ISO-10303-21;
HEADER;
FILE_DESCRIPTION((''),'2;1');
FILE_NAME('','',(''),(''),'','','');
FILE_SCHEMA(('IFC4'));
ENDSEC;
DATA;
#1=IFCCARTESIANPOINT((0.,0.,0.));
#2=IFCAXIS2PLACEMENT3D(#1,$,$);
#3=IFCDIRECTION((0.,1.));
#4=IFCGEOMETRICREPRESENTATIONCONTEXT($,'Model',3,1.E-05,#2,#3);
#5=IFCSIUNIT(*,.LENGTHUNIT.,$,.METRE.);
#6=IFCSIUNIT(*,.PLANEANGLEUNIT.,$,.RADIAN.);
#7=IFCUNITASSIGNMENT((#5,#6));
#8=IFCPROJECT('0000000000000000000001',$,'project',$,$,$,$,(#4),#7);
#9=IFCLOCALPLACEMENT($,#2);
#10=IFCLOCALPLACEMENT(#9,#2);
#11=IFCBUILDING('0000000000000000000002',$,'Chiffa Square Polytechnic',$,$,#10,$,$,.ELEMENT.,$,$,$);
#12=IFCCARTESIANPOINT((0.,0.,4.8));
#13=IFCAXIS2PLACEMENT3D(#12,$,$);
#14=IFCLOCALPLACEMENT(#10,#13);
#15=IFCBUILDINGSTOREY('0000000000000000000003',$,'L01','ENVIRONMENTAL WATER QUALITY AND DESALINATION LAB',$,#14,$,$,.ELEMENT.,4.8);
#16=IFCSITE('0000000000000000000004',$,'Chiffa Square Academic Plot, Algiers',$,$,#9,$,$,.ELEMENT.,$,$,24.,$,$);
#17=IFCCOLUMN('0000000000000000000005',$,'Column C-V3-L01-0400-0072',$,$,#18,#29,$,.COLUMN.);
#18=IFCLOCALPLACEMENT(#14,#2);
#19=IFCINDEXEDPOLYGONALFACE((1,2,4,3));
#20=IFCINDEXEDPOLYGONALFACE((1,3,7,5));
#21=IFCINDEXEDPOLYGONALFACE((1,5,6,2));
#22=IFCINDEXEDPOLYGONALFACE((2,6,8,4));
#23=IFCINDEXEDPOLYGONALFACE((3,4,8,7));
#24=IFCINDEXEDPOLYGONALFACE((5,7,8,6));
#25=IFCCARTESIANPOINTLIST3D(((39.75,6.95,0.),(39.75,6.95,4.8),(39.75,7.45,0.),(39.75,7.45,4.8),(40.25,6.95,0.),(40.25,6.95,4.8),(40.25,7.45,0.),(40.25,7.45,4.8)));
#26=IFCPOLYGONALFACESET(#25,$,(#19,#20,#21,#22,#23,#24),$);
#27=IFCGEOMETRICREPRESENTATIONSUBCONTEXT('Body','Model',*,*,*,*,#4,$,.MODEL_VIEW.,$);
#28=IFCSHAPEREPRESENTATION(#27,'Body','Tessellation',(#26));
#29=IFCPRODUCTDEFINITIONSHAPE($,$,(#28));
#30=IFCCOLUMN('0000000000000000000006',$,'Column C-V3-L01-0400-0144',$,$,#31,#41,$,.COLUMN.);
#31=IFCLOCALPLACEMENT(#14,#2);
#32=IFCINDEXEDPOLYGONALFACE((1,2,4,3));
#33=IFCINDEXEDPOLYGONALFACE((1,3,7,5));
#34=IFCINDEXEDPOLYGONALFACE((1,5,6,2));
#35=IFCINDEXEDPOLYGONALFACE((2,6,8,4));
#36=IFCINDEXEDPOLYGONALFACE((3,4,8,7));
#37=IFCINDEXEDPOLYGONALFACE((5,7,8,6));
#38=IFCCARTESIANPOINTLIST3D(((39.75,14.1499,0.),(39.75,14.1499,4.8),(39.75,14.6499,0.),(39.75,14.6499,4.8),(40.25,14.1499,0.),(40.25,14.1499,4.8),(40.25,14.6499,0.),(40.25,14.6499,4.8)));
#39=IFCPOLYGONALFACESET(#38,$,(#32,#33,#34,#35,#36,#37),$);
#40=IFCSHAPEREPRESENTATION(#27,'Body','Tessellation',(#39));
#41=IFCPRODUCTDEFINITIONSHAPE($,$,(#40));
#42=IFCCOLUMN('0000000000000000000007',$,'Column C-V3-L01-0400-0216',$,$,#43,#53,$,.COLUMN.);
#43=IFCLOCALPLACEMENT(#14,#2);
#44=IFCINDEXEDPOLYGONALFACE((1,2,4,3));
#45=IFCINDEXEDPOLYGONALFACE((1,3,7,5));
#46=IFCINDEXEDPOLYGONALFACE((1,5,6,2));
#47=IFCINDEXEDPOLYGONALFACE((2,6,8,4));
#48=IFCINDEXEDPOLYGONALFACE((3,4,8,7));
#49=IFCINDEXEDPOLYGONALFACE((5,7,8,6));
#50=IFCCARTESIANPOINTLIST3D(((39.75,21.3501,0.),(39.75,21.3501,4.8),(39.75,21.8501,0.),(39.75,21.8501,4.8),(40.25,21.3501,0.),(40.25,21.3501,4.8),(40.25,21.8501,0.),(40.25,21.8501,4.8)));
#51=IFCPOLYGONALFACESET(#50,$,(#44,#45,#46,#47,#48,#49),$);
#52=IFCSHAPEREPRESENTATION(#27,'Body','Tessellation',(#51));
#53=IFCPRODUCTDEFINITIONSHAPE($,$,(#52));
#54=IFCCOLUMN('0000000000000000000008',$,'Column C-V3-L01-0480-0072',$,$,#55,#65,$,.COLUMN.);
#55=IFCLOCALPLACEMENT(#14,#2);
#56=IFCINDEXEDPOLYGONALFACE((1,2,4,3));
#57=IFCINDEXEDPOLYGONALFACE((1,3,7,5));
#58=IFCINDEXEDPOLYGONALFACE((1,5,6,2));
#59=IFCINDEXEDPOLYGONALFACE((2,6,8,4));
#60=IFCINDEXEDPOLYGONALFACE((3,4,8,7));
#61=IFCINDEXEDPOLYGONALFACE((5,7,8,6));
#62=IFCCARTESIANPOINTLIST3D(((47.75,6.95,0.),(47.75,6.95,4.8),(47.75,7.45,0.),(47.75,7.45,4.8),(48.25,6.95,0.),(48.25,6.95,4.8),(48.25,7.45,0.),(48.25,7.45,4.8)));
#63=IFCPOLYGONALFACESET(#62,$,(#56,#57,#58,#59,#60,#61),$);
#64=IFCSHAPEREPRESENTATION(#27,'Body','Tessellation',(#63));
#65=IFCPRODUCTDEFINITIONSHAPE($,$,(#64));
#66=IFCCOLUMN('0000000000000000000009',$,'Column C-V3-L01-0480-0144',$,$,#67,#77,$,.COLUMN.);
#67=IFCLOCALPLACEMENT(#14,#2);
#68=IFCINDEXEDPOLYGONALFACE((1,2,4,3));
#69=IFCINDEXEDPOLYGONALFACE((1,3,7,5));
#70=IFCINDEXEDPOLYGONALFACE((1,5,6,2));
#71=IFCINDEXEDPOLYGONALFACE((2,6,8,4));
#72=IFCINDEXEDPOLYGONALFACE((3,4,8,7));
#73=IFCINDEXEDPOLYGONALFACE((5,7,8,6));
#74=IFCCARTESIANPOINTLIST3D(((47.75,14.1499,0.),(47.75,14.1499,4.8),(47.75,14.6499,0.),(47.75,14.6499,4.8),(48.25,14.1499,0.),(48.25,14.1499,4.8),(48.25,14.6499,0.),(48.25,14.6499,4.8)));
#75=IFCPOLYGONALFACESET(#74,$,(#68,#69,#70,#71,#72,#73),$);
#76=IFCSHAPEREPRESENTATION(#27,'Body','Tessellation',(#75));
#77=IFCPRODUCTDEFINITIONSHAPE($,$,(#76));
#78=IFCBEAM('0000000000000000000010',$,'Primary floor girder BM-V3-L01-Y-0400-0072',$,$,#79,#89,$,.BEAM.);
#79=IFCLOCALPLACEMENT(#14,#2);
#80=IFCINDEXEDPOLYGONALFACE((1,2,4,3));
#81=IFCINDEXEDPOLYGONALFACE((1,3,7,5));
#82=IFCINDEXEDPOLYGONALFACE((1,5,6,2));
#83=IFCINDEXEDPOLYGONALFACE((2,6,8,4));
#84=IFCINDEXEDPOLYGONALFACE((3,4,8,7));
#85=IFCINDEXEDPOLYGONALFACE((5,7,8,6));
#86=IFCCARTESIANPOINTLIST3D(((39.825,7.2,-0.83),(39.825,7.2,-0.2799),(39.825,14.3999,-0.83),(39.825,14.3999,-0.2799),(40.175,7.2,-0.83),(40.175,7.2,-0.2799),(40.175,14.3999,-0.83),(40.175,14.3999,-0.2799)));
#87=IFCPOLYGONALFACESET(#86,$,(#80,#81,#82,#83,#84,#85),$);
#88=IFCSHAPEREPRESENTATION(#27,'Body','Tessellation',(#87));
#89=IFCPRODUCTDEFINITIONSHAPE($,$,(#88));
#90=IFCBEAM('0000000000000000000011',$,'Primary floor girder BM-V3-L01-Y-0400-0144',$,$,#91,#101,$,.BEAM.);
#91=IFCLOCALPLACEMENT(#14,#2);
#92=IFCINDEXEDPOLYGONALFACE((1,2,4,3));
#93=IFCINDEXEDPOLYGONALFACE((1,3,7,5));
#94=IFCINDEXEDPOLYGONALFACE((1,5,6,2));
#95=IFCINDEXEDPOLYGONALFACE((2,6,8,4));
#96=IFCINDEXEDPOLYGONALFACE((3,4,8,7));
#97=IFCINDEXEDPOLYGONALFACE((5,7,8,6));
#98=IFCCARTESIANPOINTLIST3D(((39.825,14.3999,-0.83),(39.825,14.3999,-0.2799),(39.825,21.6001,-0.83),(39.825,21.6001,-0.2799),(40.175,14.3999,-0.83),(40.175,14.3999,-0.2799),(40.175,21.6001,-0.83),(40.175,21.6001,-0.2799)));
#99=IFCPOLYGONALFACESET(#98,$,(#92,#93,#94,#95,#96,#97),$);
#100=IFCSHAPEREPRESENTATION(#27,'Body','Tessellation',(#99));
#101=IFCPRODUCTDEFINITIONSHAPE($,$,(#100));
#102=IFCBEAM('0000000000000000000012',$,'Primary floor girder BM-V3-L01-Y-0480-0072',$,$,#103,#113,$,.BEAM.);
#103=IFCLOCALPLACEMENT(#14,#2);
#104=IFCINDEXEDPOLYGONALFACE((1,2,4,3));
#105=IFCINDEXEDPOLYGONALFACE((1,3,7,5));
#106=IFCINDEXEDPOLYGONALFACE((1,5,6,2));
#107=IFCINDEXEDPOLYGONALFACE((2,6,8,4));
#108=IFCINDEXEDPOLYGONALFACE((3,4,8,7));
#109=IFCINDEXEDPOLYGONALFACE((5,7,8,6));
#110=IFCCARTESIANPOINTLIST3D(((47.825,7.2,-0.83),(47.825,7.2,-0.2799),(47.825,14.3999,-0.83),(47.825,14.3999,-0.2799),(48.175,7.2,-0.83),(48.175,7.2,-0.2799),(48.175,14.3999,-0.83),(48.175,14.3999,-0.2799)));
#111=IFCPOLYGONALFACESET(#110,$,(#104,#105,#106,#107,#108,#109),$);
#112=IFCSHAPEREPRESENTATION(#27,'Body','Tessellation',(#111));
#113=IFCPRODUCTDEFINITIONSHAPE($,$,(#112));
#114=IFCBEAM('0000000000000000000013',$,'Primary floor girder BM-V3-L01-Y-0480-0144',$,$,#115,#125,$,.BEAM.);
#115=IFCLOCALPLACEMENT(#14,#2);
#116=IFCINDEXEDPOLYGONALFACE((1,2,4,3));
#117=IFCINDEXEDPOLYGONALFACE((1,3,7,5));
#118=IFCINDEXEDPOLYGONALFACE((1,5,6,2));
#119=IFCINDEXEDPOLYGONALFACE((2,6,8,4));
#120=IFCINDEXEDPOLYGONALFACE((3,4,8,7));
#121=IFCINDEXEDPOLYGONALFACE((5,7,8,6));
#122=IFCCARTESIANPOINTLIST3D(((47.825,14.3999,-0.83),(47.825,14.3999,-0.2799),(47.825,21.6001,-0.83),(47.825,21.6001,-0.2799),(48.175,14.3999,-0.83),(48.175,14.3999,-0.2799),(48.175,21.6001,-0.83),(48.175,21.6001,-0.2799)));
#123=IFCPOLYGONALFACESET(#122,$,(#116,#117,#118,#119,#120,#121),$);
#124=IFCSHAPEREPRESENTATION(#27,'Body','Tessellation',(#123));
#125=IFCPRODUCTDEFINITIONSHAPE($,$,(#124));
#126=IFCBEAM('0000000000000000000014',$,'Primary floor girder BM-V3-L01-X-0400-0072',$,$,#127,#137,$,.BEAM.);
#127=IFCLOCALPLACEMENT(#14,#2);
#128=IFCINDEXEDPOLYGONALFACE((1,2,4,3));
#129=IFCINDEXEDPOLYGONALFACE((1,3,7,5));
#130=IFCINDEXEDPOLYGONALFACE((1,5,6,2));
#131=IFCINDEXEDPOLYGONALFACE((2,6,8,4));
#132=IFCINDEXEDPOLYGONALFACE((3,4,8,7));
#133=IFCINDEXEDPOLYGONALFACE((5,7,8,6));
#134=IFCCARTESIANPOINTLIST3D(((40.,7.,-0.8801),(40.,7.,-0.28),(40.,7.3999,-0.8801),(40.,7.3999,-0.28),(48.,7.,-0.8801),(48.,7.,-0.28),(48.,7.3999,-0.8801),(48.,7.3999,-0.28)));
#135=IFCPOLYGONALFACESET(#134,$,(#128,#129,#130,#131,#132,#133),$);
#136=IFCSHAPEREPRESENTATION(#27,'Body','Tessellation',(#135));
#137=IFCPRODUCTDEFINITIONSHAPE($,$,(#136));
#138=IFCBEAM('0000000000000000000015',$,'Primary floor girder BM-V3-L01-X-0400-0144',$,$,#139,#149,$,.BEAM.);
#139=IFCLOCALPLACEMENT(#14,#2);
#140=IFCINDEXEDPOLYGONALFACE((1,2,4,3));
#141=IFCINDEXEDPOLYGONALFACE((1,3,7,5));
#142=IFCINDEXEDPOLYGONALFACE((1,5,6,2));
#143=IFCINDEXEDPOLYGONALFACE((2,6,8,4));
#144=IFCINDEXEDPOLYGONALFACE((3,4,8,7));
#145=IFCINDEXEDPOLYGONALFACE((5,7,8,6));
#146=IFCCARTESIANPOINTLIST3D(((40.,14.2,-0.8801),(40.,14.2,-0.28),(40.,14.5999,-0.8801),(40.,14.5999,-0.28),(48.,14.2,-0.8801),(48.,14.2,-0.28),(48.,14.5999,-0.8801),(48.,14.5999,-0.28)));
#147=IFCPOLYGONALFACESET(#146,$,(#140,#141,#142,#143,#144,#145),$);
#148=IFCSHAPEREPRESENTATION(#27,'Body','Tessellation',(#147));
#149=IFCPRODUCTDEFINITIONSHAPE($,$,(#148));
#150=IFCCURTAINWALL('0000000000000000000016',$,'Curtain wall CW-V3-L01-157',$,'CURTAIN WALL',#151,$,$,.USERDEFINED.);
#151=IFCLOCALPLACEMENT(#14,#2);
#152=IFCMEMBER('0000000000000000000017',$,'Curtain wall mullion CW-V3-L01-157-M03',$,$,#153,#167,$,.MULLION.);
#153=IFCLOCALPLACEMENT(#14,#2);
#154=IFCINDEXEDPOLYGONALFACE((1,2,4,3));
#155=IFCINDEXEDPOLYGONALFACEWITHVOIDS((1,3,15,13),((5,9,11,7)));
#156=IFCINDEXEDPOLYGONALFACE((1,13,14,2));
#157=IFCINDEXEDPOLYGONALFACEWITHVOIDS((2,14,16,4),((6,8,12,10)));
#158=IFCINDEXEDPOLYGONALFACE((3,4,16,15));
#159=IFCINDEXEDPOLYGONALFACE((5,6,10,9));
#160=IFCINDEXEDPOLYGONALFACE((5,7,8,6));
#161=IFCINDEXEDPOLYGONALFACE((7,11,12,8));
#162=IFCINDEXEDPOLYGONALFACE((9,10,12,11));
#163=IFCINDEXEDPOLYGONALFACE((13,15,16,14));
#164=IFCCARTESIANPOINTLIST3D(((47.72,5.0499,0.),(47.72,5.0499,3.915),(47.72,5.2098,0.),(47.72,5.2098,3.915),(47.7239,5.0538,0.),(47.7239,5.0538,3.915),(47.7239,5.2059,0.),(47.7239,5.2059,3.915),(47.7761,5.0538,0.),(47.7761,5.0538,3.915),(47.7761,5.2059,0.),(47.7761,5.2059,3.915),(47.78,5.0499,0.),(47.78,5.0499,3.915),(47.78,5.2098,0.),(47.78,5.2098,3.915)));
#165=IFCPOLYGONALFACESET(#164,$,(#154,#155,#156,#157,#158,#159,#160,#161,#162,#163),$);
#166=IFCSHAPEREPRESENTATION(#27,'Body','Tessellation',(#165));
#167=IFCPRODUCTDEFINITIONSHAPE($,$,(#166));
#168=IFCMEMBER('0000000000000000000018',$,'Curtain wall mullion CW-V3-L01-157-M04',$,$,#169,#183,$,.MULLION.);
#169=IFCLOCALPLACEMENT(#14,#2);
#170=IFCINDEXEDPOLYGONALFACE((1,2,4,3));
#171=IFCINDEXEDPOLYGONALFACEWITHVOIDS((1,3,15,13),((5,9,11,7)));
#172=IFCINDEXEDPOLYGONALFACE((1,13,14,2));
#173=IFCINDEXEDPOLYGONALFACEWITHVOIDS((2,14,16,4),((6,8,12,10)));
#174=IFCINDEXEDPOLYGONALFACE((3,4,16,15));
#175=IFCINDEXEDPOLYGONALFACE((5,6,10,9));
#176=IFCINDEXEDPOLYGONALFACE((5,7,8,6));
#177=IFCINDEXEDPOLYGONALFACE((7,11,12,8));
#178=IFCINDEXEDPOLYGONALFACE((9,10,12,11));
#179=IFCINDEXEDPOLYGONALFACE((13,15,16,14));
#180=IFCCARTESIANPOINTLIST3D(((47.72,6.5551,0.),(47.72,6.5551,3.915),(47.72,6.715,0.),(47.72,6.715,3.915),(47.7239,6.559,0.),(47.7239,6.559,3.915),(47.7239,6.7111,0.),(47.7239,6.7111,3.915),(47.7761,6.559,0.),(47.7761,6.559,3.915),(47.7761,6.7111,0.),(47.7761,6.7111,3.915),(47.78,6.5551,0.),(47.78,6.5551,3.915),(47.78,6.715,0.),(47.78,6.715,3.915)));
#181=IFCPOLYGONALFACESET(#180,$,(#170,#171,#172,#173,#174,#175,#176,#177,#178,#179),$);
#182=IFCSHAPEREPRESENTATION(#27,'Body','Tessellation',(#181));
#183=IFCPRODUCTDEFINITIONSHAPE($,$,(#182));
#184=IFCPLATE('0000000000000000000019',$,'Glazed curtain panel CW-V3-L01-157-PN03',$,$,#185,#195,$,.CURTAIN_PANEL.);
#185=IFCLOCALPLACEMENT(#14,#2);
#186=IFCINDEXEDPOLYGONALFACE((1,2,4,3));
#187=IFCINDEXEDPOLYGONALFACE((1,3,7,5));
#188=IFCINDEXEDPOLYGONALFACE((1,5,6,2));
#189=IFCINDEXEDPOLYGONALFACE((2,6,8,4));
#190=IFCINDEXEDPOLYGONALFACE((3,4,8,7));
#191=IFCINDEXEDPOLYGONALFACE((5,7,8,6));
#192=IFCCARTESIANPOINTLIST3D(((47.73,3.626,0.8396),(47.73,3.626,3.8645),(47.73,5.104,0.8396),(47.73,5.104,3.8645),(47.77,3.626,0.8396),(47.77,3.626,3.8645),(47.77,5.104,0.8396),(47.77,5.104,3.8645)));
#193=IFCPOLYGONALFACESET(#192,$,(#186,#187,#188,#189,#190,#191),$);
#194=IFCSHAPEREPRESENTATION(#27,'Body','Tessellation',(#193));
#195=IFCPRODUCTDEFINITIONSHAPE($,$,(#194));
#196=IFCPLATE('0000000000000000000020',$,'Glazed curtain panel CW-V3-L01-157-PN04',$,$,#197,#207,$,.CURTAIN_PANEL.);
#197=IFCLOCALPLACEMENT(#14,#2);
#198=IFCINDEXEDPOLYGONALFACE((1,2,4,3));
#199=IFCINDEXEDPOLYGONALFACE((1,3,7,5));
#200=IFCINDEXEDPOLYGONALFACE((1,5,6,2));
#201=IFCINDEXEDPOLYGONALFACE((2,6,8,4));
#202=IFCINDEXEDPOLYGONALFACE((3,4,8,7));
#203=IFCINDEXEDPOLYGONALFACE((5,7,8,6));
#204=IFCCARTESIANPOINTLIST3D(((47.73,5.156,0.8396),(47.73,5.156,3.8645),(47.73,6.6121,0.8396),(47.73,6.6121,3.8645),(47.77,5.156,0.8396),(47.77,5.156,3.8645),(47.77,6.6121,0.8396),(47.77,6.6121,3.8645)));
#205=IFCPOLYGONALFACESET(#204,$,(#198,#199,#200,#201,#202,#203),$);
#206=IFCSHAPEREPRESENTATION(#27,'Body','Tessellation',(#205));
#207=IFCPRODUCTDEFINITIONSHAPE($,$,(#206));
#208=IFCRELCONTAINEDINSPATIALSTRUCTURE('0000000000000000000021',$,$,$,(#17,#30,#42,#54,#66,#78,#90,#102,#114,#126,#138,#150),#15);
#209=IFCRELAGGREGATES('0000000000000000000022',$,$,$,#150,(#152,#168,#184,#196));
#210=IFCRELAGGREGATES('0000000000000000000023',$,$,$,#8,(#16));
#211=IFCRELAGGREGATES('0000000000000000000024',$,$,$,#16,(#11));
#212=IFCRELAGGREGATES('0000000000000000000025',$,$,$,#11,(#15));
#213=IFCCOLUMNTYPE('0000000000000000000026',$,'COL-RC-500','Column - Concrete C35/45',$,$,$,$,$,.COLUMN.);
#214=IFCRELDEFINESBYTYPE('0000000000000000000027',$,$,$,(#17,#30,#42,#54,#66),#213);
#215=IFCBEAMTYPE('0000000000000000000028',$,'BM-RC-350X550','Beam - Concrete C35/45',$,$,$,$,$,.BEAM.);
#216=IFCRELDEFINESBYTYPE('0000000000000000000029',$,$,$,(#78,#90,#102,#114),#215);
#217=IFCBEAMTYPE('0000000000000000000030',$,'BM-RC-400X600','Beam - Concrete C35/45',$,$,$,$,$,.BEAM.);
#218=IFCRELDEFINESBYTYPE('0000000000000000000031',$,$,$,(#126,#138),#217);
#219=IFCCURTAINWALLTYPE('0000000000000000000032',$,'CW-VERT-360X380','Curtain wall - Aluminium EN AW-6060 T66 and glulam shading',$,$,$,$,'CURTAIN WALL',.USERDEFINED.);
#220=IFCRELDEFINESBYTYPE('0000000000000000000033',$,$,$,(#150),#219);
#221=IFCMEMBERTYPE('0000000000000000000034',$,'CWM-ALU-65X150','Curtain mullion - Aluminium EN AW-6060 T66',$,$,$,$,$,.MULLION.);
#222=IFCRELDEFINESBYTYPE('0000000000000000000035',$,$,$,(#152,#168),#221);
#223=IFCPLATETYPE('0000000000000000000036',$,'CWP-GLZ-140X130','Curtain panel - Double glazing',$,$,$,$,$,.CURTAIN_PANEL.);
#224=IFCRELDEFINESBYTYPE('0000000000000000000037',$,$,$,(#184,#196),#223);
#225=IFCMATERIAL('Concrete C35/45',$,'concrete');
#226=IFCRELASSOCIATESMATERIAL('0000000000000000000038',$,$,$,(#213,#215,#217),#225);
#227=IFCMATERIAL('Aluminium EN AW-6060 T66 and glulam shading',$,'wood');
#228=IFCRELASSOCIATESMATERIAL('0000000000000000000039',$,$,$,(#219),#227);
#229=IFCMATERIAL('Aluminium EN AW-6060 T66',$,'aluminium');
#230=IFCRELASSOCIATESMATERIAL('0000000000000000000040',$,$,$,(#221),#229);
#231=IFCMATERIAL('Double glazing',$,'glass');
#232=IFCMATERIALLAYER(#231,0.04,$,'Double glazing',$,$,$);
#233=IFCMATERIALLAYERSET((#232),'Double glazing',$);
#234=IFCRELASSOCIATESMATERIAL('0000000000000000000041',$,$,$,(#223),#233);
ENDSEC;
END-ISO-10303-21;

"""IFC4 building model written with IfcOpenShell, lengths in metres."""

from ifc_helpers import new_model, si_unit, direction, frame, origin, origin_2d, place, context, subcontext, project, spatial, rectangle, hollow_rectangle, extrude, material, layer, layer_set, material_profile, profile_set, type_object, element, aggregate, save


model = new_model("IFC4")

# Units and contexts
model_context = context("Model", 3, precision=1e-05, world=origin(), true_north=direction((0.0, 1.0)))
body_context = subcontext(model_context, "Body", "Model", "MODEL_VIEW")
ifc_project = project(units=[si_unit("LENGTHUNIT", "METRE"), si_unit("PLANEANGLEUNIT", "RADIAN")], contexts=[model_context])

# Site, building, storey
site_placement = place(None, origin())
site = spatial("IfcSite", under=ifc_project, at=site_placement, Name="Chiffa Square Academic Plot, Algiers", CompositionType="ELEMENT", RefElevation=24.0)
building_placement = place(site_placement, origin())
building = spatial("IfcBuilding", under=site, at=building_placement, Name="Chiffa Square Polytechnic", CompositionType="ELEMENT")
storey_placement = place(building_placement, frame((0.0, 0.0, 4.8)))
storey = spatial("IfcBuildingStorey", under=building, at=storey_placement, Name="L01", Description="ENVIRONMENTAL WATER QUALITY AND DESALINATION LAB", CompositionType="ELEMENT", Elevation=4.8)

# Columns
ifc_material_1 = material(Name="Concrete C35/45", Category="concrete")
ifc_material_profile_1 = material_profile(ifc_material_1, rectangle(XDim=0.5, YDim=0.5, at=origin_2d()), Name="RC 500x500")
ifc_profile_set_1 = profile_set([ifc_material_profile_1], Name="Concrete C35/45")
column_type = type_object("IfcColumnType", Name="COL-RC-500", Description="Column - Concrete C35/45", PredefinedType="COLUMN", material=ifc_profile_set_1)
for number, where, z_axis, x_axis, name in (
    (1, (40.0, 7.2, 0.0), (0.0, 0.0, 1.0), (1.0, 0.0, 0.0), "Column C-V3-L01-0400-0072"),
    (2, (40.0, 14.3999, 0.0), (0.0, 0.0, 1.0), (1.0, 0.0, 0.0), "Column C-V3-L01-0400-0144"),
    (3, (40.0, 21.6001, 0.0), (0.0, 0.0, 1.0), (1.0, 0.0, 0.0), "Column C-V3-L01-0400-0216"),
    (4, (48.0, 7.2, 0.0), (0.0, 0.0, 1.0), (1.0, 0.0, 0.0), "Column C-V3-L01-0480-0072"),
    (5, (48.0, 14.3999, 0.0), (0.0, 0.0, 1.0), (1.0, 0.0, 0.0), "Column C-V3-L01-0480-0144"),
):
    element("IfcColumn", number, at=place(storey_placement, frame(where, z_axis=z_axis, x_axis=x_axis)), inside=storey, type_object=column_type, Name=name, PredefinedType="COLUMN", context=body_context, shape_type="SweptSolid", body=[
        extrude(rectangle(XDim=0.5, YDim=0.5, at=origin_2d()), origin(), (0.0, 0.0, 1.0), 4.8),
    ])

# Beams
ifc_material_profile_2 = material_profile(ifc_material_1, rectangle(XDim=0.3501, YDim=0.55, at=origin_2d()), Name="RC 350x550")
ifc_profile_set_2 = profile_set([ifc_material_profile_2], Name="Concrete C35/45")
beam_type_1 = type_object("IfcBeamType", Name="BM-RC-350X550", Description="Beam - Concrete C35/45", PredefinedType="BEAM", material=ifc_profile_set_2)
beam_1_placement = place(storey_placement, frame((40.0, 7.2, -0.5549), z_axis=(0.0, 1.0, 0.0), x_axis=(-1.0, 0.0, 0.0)))
element("IfcBeam", 6, at=beam_1_placement, inside=storey, type_object=beam_type_1, Name="Primary floor girder BM-V3-L01-Y-0400-0072", PredefinedType="BEAM", context=body_context, shape_type="SweptSolid", body=[
    extrude(rectangle(XDim=0.3501, YDim=0.55, at=origin_2d()), origin(), (0.0, 0.0, 1.0), 7.2),
])
beam_2_placement = place(storey_placement, frame((40.0, 14.3999, -0.5549), z_axis=(0.0, 1.0, 0.0), x_axis=(-1.0, 0.0, 0.0)))
element("IfcBeam", 7, at=beam_2_placement, inside=storey, type_object=beam_type_1, Name="Primary floor girder BM-V3-L01-Y-0400-0144", PredefinedType="BEAM", context=body_context, shape_type="SweptSolid", body=[
    extrude(rectangle(XDim=0.3501, YDim=0.55, at=origin_2d()), origin(), (0.0, 0.0, 1.0), 7.2002),
])
beam_3_placement = place(storey_placement, frame((48.0, 7.2, -0.5549), z_axis=(0.0, 1.0, 0.0), x_axis=(-1.0, 0.0, 0.0)))
element("IfcBeam", 8, at=beam_3_placement, inside=storey, type_object=beam_type_1, Name="Primary floor girder BM-V3-L01-Y-0480-0072", PredefinedType="BEAM", context=body_context, shape_type="SweptSolid", body=[
    extrude(rectangle(XDim=0.3501, YDim=0.55, at=origin_2d()), origin(), (0.0, 0.0, 1.0), 7.2),
])
beam_4_placement = place(storey_placement, frame((48.0, 14.3999, -0.5549), z_axis=(0.0, 1.0, 0.0), x_axis=(-1.0, 0.0, 0.0)))
element("IfcBeam", 9, at=beam_4_placement, inside=storey, type_object=beam_type_1, Name="Primary floor girder BM-V3-L01-Y-0480-0144", PredefinedType="BEAM", context=body_context, shape_type="SweptSolid", body=[
    extrude(rectangle(XDim=0.3501, YDim=0.55, at=origin_2d()), origin(), (0.0, 0.0, 1.0), 7.2002),
])
ifc_material_profile_3 = material_profile(ifc_material_1, rectangle(XDim=0.3999, YDim=0.6001, at=origin_2d()), Name="RC 400x600")
ifc_profile_set_3 = profile_set([ifc_material_profile_3], Name="Concrete C35/45")
beam_type_2 = type_object("IfcBeamType", Name="BM-RC-400X600", Description="Beam - Concrete C35/45", PredefinedType="BEAM", material=ifc_profile_set_3)
for number, where, z_axis, x_axis, name in (
    (10, (40.0, 7.2, -0.5801), (1.0, 0.0, 0.0), (0.0, 1.0, 0.0), "Primary floor girder BM-V3-L01-X-0400-0072"),
    (11, (40.0, 14.3999, -0.5801), (1.0, 0.0, 0.0), (0.0, 1.0, 0.0), "Primary floor girder BM-V3-L01-X-0400-0144"),
):
    element("IfcBeam", number, at=place(storey_placement, frame(where, z_axis=z_axis, x_axis=x_axis)), inside=storey, type_object=beam_type_2, Name=name, PredefinedType="BEAM", context=body_context, shape_type="SweptSolid", body=[
        extrude(rectangle(XDim=0.3999, YDim=0.6001, at=origin_2d()), origin(), (0.0, 0.0, 1.0), 8.0),
    ])

# Curtain wall, members, plates
ifc_material_2 = material(Name="Aluminium EN AW-6060 T66 and glulam shading", Category="wood")
curtain_wall_type = type_object("IfcCurtainWallType", Name="CW-VERT-360X380", Description="Curtain wall - Aluminium EN AW-6060 T66 and glulam shading", ElementType="CURTAIN WALL", PredefinedType="USERDEFINED", material=ifc_material_2)
curtain_wall_placement = place(storey_placement, origin())
curtain_wall = element("IfcCurtainWall", 12, at=curtain_wall_placement, inside=storey, type_object=curtain_wall_type, Name="Curtain wall CW-V3-L01-157", ObjectType="CURTAIN WALL", PredefinedType="USERDEFINED")
ifc_material_3 = material(Name="Aluminium EN AW-6060 T66", Category="aluminium")
ifc_material_profile_4 = material_profile(ifc_material_3, hollow_rectangle(XDim=0.0601, YDim=0.1599, WallThickness=0.0039, at=origin_2d()), Name="ALU 60x160x4")
ifc_profile_set_4 = profile_set([ifc_material_profile_4], Name="Aluminium EN AW-6060 T66")
member_type = type_object("IfcMemberType", Name="CWM-ALU-65X150", Description="Curtain mullion - Aluminium EN AW-6060 T66", PredefinedType="MULLION", material=ifc_profile_set_4)
member_1_placement = place(storey_placement, frame((47.75, 5.1299, 0.0), z_axis=(0.0, 0.0, 1.0), x_axis=(1.0, 0.0, 0.0)))
member_1 = element("IfcMember", 13, at=member_1_placement, type_object=member_type, Name="Curtain wall mullion CW-V3-L01-157-M03", PredefinedType="MULLION", context=body_context, shape_type="SweptSolid", body=[
    extrude(hollow_rectangle(XDim=0.0601, YDim=0.1599, WallThickness=0.0039, at=origin_2d()), origin(), (0.0, 0.0, 1.0), 3.915),
])
member_2_placement = place(storey_placement, frame((47.75, 6.635, 0.0), z_axis=(0.0, 0.0, 1.0), x_axis=(1.0, 0.0, 0.0)))
member_2 = element("IfcMember", 14, at=member_2_placement, type_object=member_type, Name="Curtain wall mullion CW-V3-L01-157-M04", PredefinedType="MULLION", context=body_context, shape_type="SweptSolid", body=[
    extrude(hollow_rectangle(XDim=0.0601, YDim=0.1599, WallThickness=0.0039, at=origin_2d()), origin(), (0.0, 0.0, 1.0), 3.915),
])
ifc_material_4 = material(Name="Double glazing", Category="glass")
ifc_layer_1 = layer(ifc_material_4, 0.04, Name="Double glazing")
ifc_layer_set_1 = layer_set([ifc_layer_1], Name="Double glazing")
plate_type_1 = type_object("IfcPlateType", Name="CWP-GLZ-140X130", Description="Curtain panel - Double glazing", PredefinedType="CURTAIN_PANEL", material=ifc_layer_set_1)
plate_1_placement = place(storey_placement, frame((47.75, 4.365, 0.8396), z_axis=(0.0, 0.0, 1.0), x_axis=(0.0, 1.0, 0.0)))
plate_1 = element("IfcPlate", 15, at=plate_1_placement, type_object=plate_type_1, Name="Glazed curtain panel CW-V3-L01-157-PN03", PredefinedType="CURTAIN_PANEL", context=body_context, shape_type="SweptSolid", body=[
    extrude(rectangle(XDim=1.478, YDim=0.04, at=origin_2d()), origin(), (0.0, 0.0, 1.0), 3.0249),
])
plate_2_placement = place(storey_placement, frame((47.75, 5.884, 0.8396), z_axis=(0.0, 0.0, 1.0), x_axis=(0.0, 1.0, 0.0)))
plate_2 = element("IfcPlate", 16, at=plate_2_placement, type_object=plate_type_1, Name="Glazed curtain panel CW-V3-L01-157-PN04", PredefinedType="CURTAIN_PANEL", context=body_context, shape_type="SweptSolid", body=[
    extrude(rectangle(XDim=1.4561, YDim=0.04, at=origin_2d()), origin(), (0.0, 0.0, 1.0), 3.0249),
])
aggregate(curtain_wall, [member_1, member_2, plate_1, plate_2])

save(model, "model.ifc")
